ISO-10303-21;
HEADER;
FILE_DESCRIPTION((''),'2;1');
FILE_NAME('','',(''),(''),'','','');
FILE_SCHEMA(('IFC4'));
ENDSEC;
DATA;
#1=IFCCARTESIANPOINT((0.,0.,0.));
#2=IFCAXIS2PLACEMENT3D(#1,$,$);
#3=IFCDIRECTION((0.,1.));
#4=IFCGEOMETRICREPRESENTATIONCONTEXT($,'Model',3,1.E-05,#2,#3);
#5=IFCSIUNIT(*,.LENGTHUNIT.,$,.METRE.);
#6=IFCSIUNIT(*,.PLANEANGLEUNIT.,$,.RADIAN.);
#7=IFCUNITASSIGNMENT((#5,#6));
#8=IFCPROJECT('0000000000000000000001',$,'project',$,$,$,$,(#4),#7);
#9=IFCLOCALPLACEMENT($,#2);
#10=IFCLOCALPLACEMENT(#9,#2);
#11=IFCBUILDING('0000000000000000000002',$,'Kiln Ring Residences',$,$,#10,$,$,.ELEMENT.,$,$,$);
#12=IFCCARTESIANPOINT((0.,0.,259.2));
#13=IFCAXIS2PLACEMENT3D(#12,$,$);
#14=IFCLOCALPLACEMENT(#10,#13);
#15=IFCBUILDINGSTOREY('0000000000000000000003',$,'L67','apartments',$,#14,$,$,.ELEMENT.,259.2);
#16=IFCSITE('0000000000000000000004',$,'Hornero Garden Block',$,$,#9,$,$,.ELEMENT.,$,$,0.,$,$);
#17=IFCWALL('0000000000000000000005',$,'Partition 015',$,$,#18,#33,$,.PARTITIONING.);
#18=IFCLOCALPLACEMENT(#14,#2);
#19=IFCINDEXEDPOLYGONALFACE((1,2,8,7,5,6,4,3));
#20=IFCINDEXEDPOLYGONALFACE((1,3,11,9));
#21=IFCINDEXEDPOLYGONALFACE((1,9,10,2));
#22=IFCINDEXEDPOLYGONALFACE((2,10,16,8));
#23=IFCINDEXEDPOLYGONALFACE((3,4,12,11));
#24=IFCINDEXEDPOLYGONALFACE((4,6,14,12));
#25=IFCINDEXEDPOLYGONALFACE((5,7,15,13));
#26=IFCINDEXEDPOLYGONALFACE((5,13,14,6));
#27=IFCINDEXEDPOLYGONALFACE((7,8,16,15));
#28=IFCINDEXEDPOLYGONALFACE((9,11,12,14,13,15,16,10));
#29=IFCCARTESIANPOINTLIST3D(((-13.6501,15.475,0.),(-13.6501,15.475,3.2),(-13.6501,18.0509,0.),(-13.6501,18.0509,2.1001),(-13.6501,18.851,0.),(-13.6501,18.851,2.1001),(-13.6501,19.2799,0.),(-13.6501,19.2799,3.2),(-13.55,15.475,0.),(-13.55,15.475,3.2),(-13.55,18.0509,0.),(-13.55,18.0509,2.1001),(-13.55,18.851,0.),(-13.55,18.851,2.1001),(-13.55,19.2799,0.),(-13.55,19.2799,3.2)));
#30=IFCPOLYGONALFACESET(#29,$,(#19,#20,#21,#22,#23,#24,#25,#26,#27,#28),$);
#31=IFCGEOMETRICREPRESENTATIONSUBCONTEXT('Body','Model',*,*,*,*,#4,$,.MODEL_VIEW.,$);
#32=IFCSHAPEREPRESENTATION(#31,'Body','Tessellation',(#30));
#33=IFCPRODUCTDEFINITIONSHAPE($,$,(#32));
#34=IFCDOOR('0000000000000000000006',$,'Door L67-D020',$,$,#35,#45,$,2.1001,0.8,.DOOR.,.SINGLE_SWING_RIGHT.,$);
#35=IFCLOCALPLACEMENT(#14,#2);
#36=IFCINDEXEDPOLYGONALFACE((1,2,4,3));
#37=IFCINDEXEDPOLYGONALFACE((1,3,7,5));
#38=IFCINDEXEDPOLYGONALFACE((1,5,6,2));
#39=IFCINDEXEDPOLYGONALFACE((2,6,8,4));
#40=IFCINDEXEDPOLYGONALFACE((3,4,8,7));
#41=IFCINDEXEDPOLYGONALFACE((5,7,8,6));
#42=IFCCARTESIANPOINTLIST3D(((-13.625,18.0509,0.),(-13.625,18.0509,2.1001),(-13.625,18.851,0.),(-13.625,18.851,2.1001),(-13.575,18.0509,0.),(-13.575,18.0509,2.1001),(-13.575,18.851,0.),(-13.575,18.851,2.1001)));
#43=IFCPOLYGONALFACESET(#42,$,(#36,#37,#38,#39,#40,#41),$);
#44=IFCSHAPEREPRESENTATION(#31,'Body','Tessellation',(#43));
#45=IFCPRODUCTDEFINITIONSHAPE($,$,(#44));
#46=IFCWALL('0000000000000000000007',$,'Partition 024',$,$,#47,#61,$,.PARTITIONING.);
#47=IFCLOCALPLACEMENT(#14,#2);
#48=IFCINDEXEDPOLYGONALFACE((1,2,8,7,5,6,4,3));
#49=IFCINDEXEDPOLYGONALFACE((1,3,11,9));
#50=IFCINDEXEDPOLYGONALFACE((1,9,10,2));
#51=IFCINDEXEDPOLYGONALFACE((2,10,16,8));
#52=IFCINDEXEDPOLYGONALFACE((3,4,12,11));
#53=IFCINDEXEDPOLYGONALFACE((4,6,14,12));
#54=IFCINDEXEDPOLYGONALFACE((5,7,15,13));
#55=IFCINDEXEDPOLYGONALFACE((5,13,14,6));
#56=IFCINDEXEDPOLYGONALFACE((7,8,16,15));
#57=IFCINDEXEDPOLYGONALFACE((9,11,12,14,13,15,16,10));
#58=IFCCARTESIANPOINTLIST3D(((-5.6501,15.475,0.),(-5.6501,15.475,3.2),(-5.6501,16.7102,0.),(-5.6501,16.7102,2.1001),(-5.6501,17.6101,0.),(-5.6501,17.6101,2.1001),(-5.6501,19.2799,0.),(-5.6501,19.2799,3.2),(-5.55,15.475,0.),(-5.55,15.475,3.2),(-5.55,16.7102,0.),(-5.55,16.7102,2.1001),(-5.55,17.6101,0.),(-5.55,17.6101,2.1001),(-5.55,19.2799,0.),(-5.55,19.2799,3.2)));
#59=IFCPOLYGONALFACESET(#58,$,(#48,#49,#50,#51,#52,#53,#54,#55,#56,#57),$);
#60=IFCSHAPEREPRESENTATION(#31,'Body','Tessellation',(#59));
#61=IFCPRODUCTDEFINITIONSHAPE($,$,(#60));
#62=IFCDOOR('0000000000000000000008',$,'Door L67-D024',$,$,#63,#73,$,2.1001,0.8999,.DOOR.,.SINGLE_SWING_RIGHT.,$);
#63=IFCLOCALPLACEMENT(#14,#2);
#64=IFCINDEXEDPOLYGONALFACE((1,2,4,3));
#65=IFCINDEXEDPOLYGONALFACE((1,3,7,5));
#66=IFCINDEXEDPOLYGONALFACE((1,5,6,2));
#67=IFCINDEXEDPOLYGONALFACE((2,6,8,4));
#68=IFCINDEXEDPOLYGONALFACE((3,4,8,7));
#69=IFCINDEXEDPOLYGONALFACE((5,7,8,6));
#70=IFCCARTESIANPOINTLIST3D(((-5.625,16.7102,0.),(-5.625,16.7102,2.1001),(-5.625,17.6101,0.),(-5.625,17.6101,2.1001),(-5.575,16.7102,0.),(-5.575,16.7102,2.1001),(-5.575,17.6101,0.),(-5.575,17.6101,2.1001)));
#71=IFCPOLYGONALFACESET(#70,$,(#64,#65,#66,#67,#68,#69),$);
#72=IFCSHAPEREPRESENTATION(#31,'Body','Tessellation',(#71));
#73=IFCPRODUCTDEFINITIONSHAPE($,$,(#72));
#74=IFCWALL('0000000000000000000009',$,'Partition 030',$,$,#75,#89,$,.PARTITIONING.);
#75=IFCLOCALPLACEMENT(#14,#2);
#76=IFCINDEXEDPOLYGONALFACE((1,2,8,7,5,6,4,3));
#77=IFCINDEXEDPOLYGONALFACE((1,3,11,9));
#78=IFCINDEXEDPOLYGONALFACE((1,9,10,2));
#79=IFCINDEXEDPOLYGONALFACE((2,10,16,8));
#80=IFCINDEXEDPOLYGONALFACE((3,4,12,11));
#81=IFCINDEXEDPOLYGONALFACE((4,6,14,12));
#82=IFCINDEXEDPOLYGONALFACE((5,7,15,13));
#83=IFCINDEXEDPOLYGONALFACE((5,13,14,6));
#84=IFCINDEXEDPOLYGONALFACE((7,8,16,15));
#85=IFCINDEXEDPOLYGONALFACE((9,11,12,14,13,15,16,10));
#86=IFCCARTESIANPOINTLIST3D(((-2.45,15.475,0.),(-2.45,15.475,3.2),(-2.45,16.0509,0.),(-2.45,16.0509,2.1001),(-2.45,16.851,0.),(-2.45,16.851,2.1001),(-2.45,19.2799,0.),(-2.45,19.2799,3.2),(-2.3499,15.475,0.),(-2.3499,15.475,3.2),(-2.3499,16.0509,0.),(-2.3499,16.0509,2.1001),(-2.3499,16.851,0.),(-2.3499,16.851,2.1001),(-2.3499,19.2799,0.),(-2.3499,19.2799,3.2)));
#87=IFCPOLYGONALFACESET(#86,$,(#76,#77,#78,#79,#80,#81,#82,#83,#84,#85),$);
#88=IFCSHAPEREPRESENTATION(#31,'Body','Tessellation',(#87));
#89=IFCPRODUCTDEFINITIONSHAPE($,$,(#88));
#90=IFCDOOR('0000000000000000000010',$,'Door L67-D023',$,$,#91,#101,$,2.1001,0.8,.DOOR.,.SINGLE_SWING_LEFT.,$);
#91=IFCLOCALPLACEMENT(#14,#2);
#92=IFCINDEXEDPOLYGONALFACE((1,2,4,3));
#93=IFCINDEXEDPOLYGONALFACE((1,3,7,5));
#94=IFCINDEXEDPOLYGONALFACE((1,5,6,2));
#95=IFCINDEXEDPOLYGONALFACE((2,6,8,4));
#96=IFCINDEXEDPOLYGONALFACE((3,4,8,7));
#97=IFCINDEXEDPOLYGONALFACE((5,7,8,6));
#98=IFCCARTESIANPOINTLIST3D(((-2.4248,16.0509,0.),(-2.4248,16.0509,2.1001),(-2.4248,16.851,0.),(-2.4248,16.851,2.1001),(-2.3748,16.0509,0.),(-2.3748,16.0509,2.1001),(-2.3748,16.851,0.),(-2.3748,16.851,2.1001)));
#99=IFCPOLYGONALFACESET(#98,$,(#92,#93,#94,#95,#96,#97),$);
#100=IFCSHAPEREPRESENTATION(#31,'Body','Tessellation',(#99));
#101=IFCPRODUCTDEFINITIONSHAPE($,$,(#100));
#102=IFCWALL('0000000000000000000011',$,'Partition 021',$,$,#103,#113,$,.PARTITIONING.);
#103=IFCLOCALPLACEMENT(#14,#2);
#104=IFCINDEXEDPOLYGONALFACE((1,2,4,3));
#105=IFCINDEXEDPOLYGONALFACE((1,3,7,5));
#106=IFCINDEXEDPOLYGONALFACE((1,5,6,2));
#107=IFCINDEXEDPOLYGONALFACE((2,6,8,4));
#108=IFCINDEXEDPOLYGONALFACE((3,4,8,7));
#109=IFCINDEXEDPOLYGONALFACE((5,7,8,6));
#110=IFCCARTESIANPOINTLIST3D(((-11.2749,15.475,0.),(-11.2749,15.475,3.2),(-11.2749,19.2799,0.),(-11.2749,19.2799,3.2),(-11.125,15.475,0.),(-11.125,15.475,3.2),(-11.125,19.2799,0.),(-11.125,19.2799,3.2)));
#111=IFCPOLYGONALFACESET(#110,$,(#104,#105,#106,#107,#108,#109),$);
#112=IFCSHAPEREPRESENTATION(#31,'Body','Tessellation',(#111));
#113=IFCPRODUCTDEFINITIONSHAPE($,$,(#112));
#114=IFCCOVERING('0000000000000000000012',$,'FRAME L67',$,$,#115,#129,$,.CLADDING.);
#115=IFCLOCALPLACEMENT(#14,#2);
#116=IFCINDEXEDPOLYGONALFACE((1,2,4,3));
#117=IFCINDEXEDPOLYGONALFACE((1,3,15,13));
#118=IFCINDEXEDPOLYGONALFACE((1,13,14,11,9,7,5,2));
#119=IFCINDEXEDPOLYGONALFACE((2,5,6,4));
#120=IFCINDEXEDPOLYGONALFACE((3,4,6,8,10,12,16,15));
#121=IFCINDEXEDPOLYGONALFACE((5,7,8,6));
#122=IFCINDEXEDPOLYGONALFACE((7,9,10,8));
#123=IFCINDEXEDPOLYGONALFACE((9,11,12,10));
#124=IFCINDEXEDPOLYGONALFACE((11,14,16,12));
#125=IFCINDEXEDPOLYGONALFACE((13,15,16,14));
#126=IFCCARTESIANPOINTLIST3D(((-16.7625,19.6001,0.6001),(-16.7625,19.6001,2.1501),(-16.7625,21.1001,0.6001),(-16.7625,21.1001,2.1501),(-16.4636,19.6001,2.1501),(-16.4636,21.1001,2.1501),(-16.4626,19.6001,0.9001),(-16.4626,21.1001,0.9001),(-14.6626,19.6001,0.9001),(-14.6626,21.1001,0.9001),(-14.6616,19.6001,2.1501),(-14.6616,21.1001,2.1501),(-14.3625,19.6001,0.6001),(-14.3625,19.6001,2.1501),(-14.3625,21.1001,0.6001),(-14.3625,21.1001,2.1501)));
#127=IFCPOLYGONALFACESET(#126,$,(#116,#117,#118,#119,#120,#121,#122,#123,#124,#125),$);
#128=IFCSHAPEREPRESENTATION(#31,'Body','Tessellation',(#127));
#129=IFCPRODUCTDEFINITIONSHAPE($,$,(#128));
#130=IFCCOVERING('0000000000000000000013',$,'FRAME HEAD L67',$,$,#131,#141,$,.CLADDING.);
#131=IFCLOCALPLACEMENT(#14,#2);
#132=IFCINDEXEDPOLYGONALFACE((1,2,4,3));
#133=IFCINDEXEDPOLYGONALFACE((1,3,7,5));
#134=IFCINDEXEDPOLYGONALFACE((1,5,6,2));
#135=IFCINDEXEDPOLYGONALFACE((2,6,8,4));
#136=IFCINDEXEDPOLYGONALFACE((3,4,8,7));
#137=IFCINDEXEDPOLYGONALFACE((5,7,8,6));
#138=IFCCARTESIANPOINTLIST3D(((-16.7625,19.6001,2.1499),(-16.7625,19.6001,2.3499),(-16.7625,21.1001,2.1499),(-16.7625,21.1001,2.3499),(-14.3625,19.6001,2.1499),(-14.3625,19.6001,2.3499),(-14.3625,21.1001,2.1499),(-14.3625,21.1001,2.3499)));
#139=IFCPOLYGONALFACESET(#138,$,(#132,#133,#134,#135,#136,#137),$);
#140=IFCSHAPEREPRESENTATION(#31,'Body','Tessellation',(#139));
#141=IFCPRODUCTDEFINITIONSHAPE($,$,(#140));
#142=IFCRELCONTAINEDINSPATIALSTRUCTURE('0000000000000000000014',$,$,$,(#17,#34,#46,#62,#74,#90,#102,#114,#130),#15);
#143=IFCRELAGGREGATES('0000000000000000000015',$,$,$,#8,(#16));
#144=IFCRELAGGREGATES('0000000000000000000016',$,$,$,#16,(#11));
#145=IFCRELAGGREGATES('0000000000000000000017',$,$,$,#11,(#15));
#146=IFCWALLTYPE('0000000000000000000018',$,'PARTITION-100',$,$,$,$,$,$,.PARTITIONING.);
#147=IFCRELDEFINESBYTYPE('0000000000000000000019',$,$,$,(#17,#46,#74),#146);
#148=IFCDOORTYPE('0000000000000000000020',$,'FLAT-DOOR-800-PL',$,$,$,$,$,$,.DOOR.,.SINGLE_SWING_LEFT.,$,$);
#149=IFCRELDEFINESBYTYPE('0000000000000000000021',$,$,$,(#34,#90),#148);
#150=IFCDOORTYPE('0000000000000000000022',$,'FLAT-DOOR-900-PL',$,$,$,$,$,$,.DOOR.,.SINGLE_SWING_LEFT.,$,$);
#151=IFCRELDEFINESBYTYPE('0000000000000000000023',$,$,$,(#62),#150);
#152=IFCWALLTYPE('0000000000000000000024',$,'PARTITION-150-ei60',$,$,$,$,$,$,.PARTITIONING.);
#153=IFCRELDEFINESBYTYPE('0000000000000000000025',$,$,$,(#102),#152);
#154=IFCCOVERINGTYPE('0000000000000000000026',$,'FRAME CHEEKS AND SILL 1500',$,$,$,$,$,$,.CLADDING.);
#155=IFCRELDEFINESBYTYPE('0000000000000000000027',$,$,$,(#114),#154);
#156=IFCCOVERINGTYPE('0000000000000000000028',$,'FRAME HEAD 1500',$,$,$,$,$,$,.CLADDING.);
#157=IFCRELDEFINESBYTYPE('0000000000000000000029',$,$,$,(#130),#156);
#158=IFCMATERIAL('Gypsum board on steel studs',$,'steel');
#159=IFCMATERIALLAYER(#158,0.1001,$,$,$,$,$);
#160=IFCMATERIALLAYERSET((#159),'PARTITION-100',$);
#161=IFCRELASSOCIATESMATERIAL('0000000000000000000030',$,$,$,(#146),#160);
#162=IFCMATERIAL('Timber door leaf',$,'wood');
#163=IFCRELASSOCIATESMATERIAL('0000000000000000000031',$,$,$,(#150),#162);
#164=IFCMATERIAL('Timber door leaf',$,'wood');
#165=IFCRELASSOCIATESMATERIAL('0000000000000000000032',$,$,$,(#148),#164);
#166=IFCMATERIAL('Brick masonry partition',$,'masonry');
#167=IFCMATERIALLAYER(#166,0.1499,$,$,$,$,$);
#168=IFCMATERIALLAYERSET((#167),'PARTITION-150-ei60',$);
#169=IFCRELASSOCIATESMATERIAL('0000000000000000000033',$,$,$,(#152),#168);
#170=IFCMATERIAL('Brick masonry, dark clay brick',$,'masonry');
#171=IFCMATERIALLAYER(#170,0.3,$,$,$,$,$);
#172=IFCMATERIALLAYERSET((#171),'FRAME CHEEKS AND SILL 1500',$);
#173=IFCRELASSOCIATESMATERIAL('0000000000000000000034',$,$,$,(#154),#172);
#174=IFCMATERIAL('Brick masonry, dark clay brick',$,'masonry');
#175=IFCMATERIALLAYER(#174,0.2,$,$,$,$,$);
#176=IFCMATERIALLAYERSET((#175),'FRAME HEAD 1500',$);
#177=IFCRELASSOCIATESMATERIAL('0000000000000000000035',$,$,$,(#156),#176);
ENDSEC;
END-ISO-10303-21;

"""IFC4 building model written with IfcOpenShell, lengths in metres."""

from ifc_helpers import new_model, si_unit, direction, frame, frame_2d, origin, origin_2d, place, context, subcontext, project, spatial, polyline, rectangle, outline, extrude, material, layer, layer_set, type_object, element, fill, save


model = new_model("IFC4")

# Units and contexts
model_context = context("Model", 3, precision=1e-05, world=origin(), true_north=direction((0.0, 1.0)))
body_context = subcontext(model_context, "Body", "Model", "MODEL_VIEW")
ifc_project = project(units=[si_unit("LENGTHUNIT", "METRE"), si_unit("PLANEANGLEUNIT", "RADIAN")], contexts=[model_context])

# Site, building, storey
site_placement = place(None, origin())
site = spatial("IfcSite", under=ifc_project, at=site_placement, Name="Hornero Garden Block", CompositionType="ELEMENT", RefElevation=0.0)
building_placement = place(site_placement, origin())
building = spatial("IfcBuilding", under=site, at=building_placement, Name="Kiln Ring Residences", CompositionType="ELEMENT")
storey_placement = place(building_placement, frame((0.0, 0.0, 259.2)))
storey = spatial("IfcBuildingStorey", under=building, at=storey_placement, Name="L67", Description="apartments", CompositionType="ELEMENT", Elevation=259.2)

# Walls, openings, doors
ifc_material_1 = material(Name="Gypsum board on steel studs", Category="steel")
ifc_layer_1 = layer(ifc_material_1, 0.1001)
ifc_layer_set_1 = layer_set([ifc_layer_1], Name="PARTITION-100")
wall_type_1 = type_object("IfcWallType", Name="PARTITION-100", PredefinedType="PARTITIONING", material=ifc_layer_set_1)
ifc_material_2 = material(Name="Timber door leaf", Category="wood")
door_type_1 = type_object("IfcDoorType", Name="FLAT-DOOR-900-PL", OperationType="SINGLE_SWING_LEFT", PredefinedType="DOOR", material=ifc_material_2)
wall_1_placement = place(storey_placement, frame((-13.6001, 15.4751, 0.0), z_axis=(0.0, 0.0, 1.0), x_axis=(0.0, 1.0, 0.0)))
wall_1 = element("IfcWall", 1, at=wall_1_placement, inside=storey, type_object=wall_type_1, Name="Partition 015", PredefinedType="PARTITIONING", context=body_context, shape_type="SweptSolid", body=[
    extrude(rectangle(XDim=3.8049, YDim=0.1001, at=frame_2d((1.9023, 0.0))), origin(), (0.0, 0.0, 1.0), 3.2),
])
opening_1_placement = place(wall_1_placement, frame((2.5759, 0.0, 0.0)))
opening_1 = element("IfcOpeningElement", 2, at=opening_1_placement, cuts=wall_1, PredefinedType="OPENING", context=body_context, shape_type="SweptSolid", body=[
    extrude(rectangle(XDim=0.8, YDim=2.1001, at=frame_2d((0.3999, 1.05))), frame((0.0, 0.0601, 0.0), z_axis=(0.0, -1.0, 0.0), x_axis=(1.0, 0.0, 0.0)), (0.0, 0.0, 1.0), 0.1201),
])
ifc_material_3 = material(Name="Timber door leaf", Category="wood")
door_type_2 = type_object("IfcDoorType", Name="FLAT-DOOR-800-PL", OperationType="SINGLE_SWING_LEFT", PredefinedType="DOOR", material=ifc_material_3)
door_1_placement = place(opening_1_placement, origin())
door_1 = element("IfcDoor", 3, at=door_1_placement, inside=storey, type_object=door_type_2, Name="Door L67-D020", OperationType="SINGLE_SWING_RIGHT", OverallHeight=2.1001, OverallWidth=0.8, PredefinedType="DOOR", context=body_context, shape_type="SweptSolid", body=[
    extrude(rectangle(XDim=0.8, YDim=2.1001, at=frame_2d((0.3999, 1.05))), frame((0.0, 0.0249, 0.0), z_axis=(0.0, -1.0, 0.0), x_axis=(1.0, 0.0, 0.0)), (0.0, 0.0, 1.0), 0.05),
])
fill(opening_1, door_1)
wall_2_placement = place(storey_placement, frame((-5.6001, 15.4751, 0.0), z_axis=(0.0, 0.0, 1.0), x_axis=(0.0, 1.0, 0.0)))
wall_2 = element("IfcWall", 4, at=wall_2_placement, inside=storey, type_object=wall_type_1, Name="Partition 024", PredefinedType="PARTITIONING", context=body_context, shape_type="SweptSolid", body=[
    extrude(rectangle(XDim=3.8049, YDim=0.1001, at=frame_2d((1.9023, 0.0))), origin(), (0.0, 0.0, 1.0), 3.2),
])
opening_2_placement = place(wall_2_placement, frame((1.2351, 0.0, 0.0)))
opening_2 = element("IfcOpeningElement", 5, at=opening_2_placement, cuts=wall_2, PredefinedType="OPENING", context=body_context, shape_type="SweptSolid", body=[
    extrude(rectangle(XDim=0.8999, YDim=2.1001, at=frame_2d((0.45, 1.05))), frame((0.0, 0.0601, 0.0), z_axis=(0.0, -1.0, 0.0), x_axis=(1.0, 0.0, 0.0)), (0.0, 0.0, 1.0), 0.1201),
])
door_2_placement = place(opening_2_placement, origin())
door_2 = element("IfcDoor", 6, at=door_2_placement, inside=storey, type_object=door_type_1, Name="Door L67-D024", OperationType="SINGLE_SWING_RIGHT", OverallHeight=2.1001, OverallWidth=0.8999, PredefinedType="DOOR", context=body_context, shape_type="SweptSolid", body=[
    extrude(rectangle(XDim=0.8999, YDim=2.1001, at=frame_2d((0.45, 1.05))), frame((0.0, 0.0249, 0.0), z_axis=(0.0, -1.0, 0.0), x_axis=(1.0, 0.0, 0.0)), (0.0, 0.0, 1.0), 0.05),
])
fill(opening_2, door_2)
wall_3_placement = place(storey_placement, frame((-2.3999, 15.4751, 0.0), z_axis=(0.0, 0.0, 1.0), x_axis=(0.0, 1.0, 0.0)))
wall_3 = element("IfcWall", 7, at=wall_3_placement, inside=storey, type_object=wall_type_1, Name="Partition 030", PredefinedType="PARTITIONING", context=body_context, shape_type="SweptSolid", body=[
    extrude(rectangle(XDim=3.8049, YDim=0.1001, at=frame_2d((1.9023, 0.0))), origin(), (0.0, 0.0, 1.0), 3.2),
])
opening_3_placement = place(wall_3_placement, frame((0.5759, 0.0, 0.0)))
opening_3 = element("IfcOpeningElement", 8, at=opening_3_placement, cuts=wall_3, PredefinedType="OPENING", context=body_context, shape_type="SweptSolid", body=[
    extrude(rectangle(XDim=0.8, YDim=2.1001, at=frame_2d((0.3999, 1.05))), frame((0.0, 0.0601, 0.0), z_axis=(0.0, -1.0, 0.0), x_axis=(1.0, 0.0, 0.0)), (0.0, 0.0, 1.0), 0.1201),
])
door_3_placement = place(opening_3_placement, origin())
door_3 = element("IfcDoor", 9, at=door_3_placement, inside=storey, type_object=door_type_2, Name="Door L67-D023", OperationType="SINGLE_SWING_LEFT", OverallHeight=2.1001, OverallWidth=0.8, PredefinedType="DOOR", context=body_context, shape_type="SweptSolid", body=[
    extrude(rectangle(XDim=0.8, YDim=2.1001, at=frame_2d((0.3999, 1.05))), frame((0.0, 0.0249, 0.0), z_axis=(0.0, -1.0, 0.0), x_axis=(1.0, 0.0, 0.0)), (0.0, 0.0, 1.0), 0.05),
])
fill(opening_3, door_3)

# Wall
ifc_material_4 = material(Name="Brick masonry partition", Category="masonry")
ifc_layer_2 = layer(ifc_material_4, 0.1499)
ifc_layer_set_2 = layer_set([ifc_layer_2], Name="PARTITION-150-ei60")
wall_type_2 = type_object("IfcWallType", Name="PARTITION-150-ei60", PredefinedType="PARTITIONING", material=ifc_layer_set_2)
wall_4_placement = place(storey_placement, frame((-11.2, 15.4751, 0.0), z_axis=(0.0, 0.0, 1.0), x_axis=(0.0, 1.0, 0.0)))
element("IfcWall", 10, at=wall_4_placement, inside=storey, type_object=wall_type_2, Name="Partition 021", PredefinedType="PARTITIONING", context=body_context, shape_type="SweptSolid", body=[
    extrude(rectangle(XDim=3.8049, YDim=0.1499, at=frame_2d((1.9023, 0.0))), origin(), (0.0, 0.0, 1.0), 3.2),
])

# Coverings
ifc_material_5 = material(Name="Brick masonry, dark clay brick", Category="masonry")
ifc_layer_3 = layer(ifc_material_5, 0.3)
ifc_layer_set_3 = layer_set([ifc_layer_3], Name="FRAME CHEEKS AND SILL 1500")
covering_type_1 = type_object("IfcCoveringType", Name="FRAME CHEEKS AND SILL 1500", PredefinedType="CLADDING", material=ifc_layer_set_3)
covering_1_placement = place(storey_placement, frame((-14.3625, 20.3501, 0.6001), z_axis=(0.0, 0.0, 1.0), x_axis=(-1.0, 0.0, 0.0)))
element("IfcCovering", 11, at=covering_1_placement, inside=storey, type_object=covering_type_1, Name="FRAME L67", PredefinedType="CLADDING", context=body_context, shape_type="SweptSolid", body=[
    extrude(outline(polyline([(0.0, 0.0), (2.3999, 0.0), (2.3999, 1.55), (2.1011, 1.55), (2.1001, 0.3), (0.3, 0.3), (0.2991, 1.55), (0.0, 1.55), (0.0, 0.0)])), frame((0.0, 0.75, 0.0), z_axis=(0.0, -1.0, 0.0), x_axis=(1.0, 0.0, 0.0)), (0.0, 0.0, 1.0), 1.5),
])
ifc_material_6 = material(Name="Brick masonry, dark clay brick", Category="masonry")
ifc_layer_4 = layer(ifc_material_6, 0.2)
ifc_layer_set_4 = layer_set([ifc_layer_4], Name="FRAME HEAD 1500")
covering_type_2 = type_object("IfcCoveringType", Name="FRAME HEAD 1500", PredefinedType="CLADDING", material=ifc_layer_set_4)
covering_2_placement = place(storey_placement, frame((-15.5625, 20.3501, 2.1499), z_axis=(0.0, 0.0, 1.0), x_axis=(-1.0, 0.0, 0.0)))
element("IfcCovering", 12, at=covering_2_placement, inside=storey, type_object=covering_type_2, Name="FRAME HEAD L67", PredefinedType="CLADDING", context=body_context, shape_type="SweptSolid", body=[
    extrude(rectangle(XDim=2.3999, YDim=1.5, at=origin_2d()), origin(), (0.0, 0.0, 1.0), 0.2),
])

save(model, "model.ifc")
